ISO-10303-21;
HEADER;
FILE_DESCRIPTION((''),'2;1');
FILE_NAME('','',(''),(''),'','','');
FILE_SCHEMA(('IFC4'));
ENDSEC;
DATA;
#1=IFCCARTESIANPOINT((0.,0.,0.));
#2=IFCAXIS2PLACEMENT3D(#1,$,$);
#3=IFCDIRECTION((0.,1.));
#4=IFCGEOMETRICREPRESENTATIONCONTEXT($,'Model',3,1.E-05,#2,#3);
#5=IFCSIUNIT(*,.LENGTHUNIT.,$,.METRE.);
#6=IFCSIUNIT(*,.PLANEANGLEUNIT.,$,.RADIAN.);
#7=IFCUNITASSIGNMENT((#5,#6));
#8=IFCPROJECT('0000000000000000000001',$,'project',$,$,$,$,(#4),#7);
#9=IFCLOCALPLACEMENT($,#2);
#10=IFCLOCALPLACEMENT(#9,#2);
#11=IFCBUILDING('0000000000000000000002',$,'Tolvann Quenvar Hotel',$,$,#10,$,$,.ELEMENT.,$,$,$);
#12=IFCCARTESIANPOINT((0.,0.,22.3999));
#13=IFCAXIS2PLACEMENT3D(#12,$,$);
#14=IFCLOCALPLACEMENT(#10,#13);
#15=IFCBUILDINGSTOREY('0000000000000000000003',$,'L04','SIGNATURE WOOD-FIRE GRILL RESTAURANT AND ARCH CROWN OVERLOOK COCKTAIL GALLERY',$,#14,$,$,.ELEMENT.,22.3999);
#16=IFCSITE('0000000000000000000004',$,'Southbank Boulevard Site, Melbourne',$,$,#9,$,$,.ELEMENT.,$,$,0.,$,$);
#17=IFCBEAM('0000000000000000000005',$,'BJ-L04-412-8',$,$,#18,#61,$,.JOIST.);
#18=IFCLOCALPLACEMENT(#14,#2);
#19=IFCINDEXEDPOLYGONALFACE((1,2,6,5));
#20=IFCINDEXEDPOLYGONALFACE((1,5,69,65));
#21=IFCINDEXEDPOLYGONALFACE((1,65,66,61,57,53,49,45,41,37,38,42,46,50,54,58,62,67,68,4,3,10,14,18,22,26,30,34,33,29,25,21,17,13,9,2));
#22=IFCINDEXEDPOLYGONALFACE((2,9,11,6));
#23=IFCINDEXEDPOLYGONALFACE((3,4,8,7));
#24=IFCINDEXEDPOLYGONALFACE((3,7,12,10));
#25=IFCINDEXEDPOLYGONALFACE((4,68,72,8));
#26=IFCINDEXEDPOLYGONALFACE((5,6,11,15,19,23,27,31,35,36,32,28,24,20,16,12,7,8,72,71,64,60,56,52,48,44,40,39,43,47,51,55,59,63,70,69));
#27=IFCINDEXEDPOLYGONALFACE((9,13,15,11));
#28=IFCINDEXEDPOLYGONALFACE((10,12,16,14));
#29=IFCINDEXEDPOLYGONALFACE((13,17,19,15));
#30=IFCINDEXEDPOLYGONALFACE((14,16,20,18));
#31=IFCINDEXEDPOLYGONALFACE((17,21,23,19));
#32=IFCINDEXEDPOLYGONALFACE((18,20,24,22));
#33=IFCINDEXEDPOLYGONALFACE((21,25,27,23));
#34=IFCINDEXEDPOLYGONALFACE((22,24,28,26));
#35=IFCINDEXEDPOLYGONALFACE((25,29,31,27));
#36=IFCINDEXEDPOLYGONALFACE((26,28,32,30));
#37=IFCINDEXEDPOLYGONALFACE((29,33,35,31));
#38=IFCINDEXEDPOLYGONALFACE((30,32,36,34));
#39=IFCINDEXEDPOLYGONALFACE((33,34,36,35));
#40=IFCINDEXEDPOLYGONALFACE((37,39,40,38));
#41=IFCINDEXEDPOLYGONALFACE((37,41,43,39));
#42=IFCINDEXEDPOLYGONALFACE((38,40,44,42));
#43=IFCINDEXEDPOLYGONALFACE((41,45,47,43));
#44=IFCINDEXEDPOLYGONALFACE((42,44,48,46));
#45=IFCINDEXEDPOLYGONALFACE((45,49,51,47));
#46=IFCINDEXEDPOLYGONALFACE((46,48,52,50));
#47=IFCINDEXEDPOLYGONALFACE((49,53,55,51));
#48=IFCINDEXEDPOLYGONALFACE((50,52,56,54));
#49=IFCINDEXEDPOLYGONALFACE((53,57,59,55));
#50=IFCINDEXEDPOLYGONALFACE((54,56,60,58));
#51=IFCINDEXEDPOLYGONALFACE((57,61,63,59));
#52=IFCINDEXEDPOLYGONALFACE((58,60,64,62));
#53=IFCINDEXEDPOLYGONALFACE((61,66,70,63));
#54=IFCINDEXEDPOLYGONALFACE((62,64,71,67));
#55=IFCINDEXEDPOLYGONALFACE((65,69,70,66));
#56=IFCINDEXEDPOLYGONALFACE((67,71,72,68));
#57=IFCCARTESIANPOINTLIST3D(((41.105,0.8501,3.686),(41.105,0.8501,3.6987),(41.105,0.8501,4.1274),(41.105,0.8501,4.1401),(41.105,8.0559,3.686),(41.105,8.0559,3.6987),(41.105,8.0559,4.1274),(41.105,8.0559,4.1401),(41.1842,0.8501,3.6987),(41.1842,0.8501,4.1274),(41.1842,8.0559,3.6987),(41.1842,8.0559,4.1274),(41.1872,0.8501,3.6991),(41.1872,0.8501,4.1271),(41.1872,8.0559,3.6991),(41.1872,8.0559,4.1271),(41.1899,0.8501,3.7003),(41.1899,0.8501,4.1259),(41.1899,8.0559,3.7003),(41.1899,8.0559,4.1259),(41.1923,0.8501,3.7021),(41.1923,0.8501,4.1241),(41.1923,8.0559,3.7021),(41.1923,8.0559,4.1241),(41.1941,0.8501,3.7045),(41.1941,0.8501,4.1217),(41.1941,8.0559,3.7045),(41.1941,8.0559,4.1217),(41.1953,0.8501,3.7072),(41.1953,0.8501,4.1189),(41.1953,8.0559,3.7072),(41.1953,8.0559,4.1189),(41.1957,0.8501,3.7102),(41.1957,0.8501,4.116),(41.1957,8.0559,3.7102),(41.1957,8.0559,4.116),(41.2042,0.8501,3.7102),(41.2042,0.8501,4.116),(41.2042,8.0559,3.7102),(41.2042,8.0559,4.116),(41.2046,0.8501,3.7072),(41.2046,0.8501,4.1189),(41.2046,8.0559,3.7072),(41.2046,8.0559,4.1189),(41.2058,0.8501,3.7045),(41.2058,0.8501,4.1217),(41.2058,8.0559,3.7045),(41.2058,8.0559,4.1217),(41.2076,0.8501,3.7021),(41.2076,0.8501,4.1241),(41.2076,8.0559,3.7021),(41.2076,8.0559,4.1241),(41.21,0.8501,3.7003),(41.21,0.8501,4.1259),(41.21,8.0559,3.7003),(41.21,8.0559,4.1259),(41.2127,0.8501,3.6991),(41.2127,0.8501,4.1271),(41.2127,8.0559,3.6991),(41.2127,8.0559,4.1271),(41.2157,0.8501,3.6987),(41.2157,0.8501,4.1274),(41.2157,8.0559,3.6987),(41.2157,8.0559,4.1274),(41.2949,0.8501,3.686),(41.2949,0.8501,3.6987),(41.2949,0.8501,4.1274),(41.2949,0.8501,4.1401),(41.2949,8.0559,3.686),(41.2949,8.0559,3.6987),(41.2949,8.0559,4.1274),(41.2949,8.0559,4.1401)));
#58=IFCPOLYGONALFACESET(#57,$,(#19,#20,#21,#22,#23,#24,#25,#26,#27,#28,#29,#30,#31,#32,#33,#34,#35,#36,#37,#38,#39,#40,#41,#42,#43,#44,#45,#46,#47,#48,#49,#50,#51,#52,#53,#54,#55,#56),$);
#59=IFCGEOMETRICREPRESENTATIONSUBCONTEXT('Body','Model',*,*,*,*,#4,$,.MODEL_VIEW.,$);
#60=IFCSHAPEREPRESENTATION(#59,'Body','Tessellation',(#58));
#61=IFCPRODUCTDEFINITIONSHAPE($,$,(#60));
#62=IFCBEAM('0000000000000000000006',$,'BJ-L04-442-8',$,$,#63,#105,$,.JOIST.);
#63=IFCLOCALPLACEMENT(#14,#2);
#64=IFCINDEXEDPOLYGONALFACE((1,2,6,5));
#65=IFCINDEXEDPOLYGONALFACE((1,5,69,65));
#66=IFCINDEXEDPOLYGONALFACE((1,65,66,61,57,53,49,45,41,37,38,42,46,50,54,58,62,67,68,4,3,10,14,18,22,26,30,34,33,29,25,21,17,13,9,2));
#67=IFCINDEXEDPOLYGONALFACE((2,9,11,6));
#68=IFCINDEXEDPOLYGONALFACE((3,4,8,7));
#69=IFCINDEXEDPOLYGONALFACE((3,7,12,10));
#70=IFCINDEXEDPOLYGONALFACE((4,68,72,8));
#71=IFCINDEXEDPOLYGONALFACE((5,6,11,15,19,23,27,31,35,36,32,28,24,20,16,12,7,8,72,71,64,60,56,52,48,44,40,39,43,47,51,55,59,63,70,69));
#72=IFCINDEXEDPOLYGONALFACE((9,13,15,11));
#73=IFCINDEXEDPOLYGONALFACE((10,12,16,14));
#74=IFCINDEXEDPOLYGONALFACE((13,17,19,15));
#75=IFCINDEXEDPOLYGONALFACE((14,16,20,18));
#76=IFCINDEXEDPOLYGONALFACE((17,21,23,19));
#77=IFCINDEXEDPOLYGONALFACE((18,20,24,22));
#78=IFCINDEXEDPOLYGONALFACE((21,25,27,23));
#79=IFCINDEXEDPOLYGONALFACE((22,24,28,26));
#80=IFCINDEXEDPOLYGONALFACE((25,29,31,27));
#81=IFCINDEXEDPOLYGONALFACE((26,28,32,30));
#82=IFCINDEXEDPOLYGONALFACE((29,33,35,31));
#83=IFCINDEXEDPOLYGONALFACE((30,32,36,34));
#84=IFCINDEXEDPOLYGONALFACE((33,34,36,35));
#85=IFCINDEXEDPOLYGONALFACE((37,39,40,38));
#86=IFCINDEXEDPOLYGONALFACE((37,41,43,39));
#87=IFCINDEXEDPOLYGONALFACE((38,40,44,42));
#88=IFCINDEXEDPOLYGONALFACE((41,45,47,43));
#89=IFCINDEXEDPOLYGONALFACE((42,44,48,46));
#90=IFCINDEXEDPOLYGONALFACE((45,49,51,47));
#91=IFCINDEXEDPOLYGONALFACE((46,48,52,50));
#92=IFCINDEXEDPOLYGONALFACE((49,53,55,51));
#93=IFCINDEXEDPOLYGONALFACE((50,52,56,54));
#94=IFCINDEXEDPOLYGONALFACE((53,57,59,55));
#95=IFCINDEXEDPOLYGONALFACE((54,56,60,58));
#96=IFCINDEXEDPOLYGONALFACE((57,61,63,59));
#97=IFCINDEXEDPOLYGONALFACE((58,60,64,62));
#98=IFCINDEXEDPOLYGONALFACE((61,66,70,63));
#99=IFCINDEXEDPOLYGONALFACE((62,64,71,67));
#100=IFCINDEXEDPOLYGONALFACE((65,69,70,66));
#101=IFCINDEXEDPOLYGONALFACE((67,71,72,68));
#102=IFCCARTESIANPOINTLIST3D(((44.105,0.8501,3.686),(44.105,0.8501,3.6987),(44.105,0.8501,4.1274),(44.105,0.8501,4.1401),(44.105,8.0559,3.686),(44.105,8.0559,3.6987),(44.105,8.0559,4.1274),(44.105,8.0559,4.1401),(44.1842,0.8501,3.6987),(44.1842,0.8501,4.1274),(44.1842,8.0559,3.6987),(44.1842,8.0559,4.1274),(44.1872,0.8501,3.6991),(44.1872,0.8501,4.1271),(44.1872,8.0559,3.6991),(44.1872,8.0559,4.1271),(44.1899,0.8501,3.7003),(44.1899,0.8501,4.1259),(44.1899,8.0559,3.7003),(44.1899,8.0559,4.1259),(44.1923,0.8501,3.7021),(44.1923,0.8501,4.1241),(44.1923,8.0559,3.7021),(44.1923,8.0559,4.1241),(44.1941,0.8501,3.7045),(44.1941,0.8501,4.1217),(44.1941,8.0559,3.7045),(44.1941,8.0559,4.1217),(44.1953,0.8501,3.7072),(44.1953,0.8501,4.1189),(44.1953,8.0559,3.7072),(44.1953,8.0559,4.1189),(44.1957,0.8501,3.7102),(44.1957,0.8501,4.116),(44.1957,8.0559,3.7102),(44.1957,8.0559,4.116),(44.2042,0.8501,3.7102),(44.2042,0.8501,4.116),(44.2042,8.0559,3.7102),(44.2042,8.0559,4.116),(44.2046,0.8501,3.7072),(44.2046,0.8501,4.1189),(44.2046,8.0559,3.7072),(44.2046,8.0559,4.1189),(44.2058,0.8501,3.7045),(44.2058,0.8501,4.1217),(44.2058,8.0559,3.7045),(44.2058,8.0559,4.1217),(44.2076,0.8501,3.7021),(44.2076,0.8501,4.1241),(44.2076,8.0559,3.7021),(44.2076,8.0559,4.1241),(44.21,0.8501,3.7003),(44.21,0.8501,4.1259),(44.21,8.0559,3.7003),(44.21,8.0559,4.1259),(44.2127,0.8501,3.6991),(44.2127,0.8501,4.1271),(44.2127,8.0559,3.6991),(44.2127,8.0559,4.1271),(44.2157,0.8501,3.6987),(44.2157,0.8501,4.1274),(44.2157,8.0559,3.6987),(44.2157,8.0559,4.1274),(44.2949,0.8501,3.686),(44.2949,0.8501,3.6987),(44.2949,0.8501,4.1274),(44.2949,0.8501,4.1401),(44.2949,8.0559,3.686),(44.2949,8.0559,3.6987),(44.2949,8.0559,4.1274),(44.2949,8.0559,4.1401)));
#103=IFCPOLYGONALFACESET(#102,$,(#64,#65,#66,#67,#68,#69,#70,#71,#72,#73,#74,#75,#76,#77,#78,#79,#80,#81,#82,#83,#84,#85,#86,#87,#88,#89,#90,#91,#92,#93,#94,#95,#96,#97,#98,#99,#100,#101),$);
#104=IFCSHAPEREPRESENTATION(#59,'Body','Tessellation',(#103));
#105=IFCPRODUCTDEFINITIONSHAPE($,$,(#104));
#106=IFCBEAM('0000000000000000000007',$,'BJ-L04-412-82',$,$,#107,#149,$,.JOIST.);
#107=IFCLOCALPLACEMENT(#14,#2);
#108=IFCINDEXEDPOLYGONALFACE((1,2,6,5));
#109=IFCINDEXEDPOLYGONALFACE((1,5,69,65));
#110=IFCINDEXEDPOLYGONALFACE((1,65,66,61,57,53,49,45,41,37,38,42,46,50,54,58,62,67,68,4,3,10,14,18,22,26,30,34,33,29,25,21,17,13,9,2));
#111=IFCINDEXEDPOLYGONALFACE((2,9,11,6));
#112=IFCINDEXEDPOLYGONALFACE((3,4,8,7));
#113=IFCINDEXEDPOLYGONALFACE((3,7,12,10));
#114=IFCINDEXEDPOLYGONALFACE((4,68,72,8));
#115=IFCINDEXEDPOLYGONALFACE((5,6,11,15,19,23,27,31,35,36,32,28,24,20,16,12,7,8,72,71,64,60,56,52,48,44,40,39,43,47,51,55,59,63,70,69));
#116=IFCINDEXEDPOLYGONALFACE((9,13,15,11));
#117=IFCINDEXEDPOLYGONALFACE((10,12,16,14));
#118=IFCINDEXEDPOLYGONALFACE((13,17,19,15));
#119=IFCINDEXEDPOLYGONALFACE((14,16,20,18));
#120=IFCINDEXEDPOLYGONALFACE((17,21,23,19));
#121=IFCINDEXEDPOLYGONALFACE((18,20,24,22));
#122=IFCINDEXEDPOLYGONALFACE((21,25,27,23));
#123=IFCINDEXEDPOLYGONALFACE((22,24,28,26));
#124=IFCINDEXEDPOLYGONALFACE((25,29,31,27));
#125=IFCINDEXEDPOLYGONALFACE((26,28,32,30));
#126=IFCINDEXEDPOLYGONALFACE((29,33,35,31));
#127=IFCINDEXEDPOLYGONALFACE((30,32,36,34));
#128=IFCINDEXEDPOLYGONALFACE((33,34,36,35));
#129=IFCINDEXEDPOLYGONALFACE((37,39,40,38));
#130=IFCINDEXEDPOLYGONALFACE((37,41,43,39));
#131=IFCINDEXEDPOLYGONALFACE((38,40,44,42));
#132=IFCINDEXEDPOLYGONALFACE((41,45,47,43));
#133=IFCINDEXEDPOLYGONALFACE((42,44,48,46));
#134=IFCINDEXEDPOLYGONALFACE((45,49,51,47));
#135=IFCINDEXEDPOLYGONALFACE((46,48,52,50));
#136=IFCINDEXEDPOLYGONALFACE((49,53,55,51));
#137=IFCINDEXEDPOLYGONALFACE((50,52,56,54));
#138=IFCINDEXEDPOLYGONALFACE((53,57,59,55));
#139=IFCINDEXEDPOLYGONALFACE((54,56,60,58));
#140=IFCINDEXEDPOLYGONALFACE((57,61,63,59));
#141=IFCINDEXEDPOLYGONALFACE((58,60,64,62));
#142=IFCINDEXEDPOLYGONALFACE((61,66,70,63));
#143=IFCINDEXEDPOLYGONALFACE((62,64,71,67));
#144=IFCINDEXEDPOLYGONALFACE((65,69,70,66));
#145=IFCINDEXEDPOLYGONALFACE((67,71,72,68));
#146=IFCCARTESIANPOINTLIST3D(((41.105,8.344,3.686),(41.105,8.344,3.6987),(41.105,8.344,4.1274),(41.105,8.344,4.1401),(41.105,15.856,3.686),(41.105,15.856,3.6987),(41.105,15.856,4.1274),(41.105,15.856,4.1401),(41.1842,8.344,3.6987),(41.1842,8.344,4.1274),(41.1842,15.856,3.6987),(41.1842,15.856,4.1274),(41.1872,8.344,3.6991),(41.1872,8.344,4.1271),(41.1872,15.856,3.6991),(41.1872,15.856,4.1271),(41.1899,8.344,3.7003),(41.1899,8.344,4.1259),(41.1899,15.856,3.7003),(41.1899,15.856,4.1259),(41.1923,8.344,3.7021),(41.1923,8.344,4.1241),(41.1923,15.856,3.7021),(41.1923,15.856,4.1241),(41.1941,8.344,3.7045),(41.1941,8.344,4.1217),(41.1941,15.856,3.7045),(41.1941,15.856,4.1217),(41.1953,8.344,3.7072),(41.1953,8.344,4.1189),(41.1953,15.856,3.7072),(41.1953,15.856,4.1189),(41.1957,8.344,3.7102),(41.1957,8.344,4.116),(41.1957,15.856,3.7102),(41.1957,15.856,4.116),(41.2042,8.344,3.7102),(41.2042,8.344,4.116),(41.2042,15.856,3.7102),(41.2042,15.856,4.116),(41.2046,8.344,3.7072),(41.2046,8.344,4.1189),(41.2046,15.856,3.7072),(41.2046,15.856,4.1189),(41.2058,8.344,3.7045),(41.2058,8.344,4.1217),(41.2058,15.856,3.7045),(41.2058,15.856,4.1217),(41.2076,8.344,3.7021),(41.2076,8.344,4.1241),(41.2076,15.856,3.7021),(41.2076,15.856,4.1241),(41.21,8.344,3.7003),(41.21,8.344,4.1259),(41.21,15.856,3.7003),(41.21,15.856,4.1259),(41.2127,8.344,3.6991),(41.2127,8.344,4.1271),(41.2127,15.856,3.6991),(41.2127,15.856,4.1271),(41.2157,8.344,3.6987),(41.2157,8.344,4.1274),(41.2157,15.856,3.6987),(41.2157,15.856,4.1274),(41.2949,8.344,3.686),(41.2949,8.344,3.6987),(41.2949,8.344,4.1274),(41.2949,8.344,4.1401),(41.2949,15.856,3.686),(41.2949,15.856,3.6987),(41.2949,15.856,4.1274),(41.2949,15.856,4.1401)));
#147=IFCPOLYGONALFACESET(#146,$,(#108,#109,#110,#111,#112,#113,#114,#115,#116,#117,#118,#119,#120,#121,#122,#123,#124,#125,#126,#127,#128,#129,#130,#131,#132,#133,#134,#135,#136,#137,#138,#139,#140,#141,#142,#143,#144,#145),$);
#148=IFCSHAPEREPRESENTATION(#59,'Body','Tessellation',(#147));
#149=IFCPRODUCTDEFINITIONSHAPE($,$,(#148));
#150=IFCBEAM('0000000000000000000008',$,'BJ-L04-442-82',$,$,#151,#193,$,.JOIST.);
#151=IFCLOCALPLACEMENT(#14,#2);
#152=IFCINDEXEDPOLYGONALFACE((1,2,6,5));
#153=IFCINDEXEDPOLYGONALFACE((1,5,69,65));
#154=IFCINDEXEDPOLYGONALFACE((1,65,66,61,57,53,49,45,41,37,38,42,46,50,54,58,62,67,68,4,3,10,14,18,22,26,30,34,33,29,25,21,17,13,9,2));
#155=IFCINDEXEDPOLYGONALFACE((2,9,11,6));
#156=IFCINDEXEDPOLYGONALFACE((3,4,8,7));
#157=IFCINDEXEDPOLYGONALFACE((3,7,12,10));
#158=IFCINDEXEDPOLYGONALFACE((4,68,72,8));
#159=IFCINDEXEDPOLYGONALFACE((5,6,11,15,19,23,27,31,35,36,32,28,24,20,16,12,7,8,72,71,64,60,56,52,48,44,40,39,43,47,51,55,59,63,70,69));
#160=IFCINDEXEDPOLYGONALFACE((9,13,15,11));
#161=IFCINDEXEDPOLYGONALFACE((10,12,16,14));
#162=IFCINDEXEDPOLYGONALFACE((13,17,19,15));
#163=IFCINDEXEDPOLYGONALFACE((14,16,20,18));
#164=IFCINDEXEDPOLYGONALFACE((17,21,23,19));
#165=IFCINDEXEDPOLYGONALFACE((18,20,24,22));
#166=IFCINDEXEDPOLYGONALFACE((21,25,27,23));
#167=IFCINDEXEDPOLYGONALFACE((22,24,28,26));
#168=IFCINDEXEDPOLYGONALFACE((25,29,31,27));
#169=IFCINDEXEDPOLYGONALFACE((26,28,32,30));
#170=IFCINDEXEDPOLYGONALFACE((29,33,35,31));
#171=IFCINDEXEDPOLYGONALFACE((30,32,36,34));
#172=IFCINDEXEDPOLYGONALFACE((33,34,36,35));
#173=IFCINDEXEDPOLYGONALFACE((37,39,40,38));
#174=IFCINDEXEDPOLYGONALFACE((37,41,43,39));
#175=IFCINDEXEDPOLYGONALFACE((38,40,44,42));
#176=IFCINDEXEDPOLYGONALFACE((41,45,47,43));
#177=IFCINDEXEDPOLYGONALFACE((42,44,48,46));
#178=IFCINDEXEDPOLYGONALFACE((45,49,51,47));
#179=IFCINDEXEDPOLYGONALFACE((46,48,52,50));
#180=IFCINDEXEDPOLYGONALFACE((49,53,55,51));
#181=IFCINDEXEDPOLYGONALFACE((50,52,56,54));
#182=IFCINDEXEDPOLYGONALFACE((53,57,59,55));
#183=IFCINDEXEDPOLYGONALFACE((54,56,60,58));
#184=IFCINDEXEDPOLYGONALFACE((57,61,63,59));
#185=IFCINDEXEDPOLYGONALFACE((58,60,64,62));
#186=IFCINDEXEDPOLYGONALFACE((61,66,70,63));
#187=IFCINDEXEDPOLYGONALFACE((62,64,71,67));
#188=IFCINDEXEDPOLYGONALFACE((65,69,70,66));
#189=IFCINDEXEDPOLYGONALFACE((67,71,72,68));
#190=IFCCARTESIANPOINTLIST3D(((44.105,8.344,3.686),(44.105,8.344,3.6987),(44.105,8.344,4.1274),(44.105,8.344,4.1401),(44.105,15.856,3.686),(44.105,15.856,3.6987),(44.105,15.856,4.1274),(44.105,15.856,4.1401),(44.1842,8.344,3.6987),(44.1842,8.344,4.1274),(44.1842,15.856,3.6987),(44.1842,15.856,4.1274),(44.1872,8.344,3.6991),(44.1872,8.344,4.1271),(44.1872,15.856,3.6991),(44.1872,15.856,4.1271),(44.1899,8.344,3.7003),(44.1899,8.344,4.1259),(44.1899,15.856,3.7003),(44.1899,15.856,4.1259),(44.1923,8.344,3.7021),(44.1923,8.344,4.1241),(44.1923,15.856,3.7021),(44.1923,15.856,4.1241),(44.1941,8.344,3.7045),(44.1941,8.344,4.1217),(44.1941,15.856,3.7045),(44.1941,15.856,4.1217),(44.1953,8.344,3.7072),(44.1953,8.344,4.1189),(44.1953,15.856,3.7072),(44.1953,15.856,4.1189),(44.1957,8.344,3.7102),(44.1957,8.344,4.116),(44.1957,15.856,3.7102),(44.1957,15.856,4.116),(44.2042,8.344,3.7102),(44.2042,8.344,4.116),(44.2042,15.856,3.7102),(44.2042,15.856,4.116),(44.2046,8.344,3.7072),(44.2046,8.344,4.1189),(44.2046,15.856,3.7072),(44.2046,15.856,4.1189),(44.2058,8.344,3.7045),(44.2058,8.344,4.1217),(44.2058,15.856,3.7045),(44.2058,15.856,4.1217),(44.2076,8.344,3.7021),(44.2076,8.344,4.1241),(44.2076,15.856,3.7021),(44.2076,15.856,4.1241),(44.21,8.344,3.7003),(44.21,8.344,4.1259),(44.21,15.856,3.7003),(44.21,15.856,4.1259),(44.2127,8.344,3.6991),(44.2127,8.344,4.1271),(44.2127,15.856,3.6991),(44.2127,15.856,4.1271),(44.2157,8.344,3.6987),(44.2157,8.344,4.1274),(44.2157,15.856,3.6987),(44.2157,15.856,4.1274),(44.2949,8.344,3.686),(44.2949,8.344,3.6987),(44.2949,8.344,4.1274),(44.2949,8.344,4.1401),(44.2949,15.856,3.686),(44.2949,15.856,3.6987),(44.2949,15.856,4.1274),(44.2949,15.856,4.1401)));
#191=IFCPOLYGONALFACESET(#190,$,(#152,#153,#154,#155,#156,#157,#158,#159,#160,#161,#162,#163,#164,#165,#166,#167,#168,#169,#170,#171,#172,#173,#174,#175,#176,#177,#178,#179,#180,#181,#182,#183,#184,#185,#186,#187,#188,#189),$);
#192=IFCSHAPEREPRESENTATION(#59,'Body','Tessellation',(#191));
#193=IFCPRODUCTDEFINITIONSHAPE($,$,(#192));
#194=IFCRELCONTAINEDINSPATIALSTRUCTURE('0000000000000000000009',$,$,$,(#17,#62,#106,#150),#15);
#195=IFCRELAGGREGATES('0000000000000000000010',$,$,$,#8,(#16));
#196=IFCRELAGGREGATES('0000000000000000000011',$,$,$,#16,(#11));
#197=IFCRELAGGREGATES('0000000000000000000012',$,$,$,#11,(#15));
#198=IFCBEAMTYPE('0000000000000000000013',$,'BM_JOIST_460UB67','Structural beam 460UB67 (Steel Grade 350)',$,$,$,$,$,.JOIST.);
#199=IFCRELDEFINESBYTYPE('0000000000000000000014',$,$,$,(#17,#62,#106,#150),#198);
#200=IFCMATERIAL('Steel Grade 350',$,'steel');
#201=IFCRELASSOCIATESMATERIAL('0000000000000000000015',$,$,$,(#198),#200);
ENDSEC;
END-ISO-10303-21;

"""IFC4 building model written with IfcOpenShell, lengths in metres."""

from ifc_helpers import new_model, si_unit, direction, frame, origin, origin_2d, place, context, subcontext, project, spatial, i_section, extrude, source, transform, mapped, material, material_profile, profile_set, type_object, type_shapes, element, save


model = new_model("IFC4")

# Units and contexts
model_context = context("Model", 3, precision=1e-05, world=origin(), true_north=direction((0.0, 1.0)))
body_context = subcontext(model_context, "Body", "Model", "MODEL_VIEW")
ifc_project = project(units=[si_unit("LENGTHUNIT", "METRE"), si_unit("PLANEANGLEUNIT", "RADIAN")], contexts=[model_context])

# Site, building, storey
site_placement = place(None, origin())
site = spatial("IfcSite", under=ifc_project, at=site_placement, Name="Southbank Boulevard Site, Melbourne", CompositionType="ELEMENT", RefElevation=0.0)
building_placement = place(site_placement, origin())
building = spatial("IfcBuilding", under=site, at=building_placement, Name="Tolvann Quenvar Hotel", CompositionType="ELEMENT")
storey_placement = place(building_placement, frame((0.0, 0.0, 22.3999)))
storey = spatial("IfcBuildingStorey", under=building, at=storey_placement, Name="L04", Description="SIGNATURE WOOD-FIRE GRILL RESTAURANT AND ARCH CROWN OVERLOOK COCKTAIL GALLERY", CompositionType="ELEMENT", Elevation=22.3999)

# Beams
ifc_material_1 = material(Name="Steel Grade 350", Category="steel")
ifc_material_profile_1 = material_profile(ifc_material_1, i_section(OverallWidth=0.1899, OverallDepth=0.4541, WebThickness=0.0085, FlangeThickness=0.0127, FilletRadius=0.0115, at=origin_2d()), Name="460UB67")
ifc_profile_set_1 = profile_set([ifc_material_profile_1], Name="Steel Grade 350")
beam_type_1 = type_object("IfcBeamType", Name="BM_JOIST_460UB67", Description="Structural beam 460UB67 (Steel Grade 350)", PredefinedType="JOIST", material=ifc_profile_set_1)
shared_shape_1 = source(origin(), body_context, "Body", "SweptSolid", [
    extrude(i_section(OverallWidth=0.1899, OverallDepth=0.4541, WebThickness=0.0085, FlangeThickness=0.0127, FilletRadius=0.0115, at=origin_2d()), origin(), (0.0, 0.0, 1.0), 7.2058),
])
for number, where, z_axis, x_axis, name in (
    (1, (41.2, 0.8501, 3.9131), (0.0, 1.0, 0.0), (-1.0, 0.0, 0.0), "BJ-L04-412-8"),
    (2, (44.2, 0.8501, 3.9131), (0.0, 1.0, 0.0), (-1.0, 0.0, 0.0), "BJ-L04-442-8"),
):
    element("IfcBeam", number, at=place(storey_placement, frame(where, z_axis=z_axis, x_axis=x_axis)), inside=storey, type_object=beam_type_1, Name=name, PredefinedType="JOIST", context=body_context, shape_type="MappedRepresentation", body=[
        mapped(shared_shape_1, transform((0.0, 0.0, 0.0), x_axis=(1.0, 0.0, 0.0), y_axis=(0.0, 1.0, 0.0), z_axis=(0.0, 0.0, 1.0), scale=1.0)),
    ])
shared_shape_2 = source(origin(), body_context, "Body", "SweptSolid", [
    extrude(i_section(OverallWidth=0.1899, OverallDepth=0.4541, WebThickness=0.0085, FlangeThickness=0.0127, FilletRadius=0.0115, at=origin_2d()), origin(), (0.0, 0.0, 1.0), 7.512),
])
type_shapes(beam_type_1, [shared_shape_1, shared_shape_2])
for number, where, z_axis, x_axis, name in (
    (3, (41.2, 8.344, 3.9131), (0.0, 1.0, 0.0), (-1.0, 0.0, 0.0), "BJ-L04-412-82"),
    (4, (44.2, 8.344, 3.9131), (0.0, 1.0, 0.0), (-1.0, 0.0, 0.0), "BJ-L04-442-82"),
):
    element("IfcBeam", number, at=place(storey_placement, frame(where, z_axis=z_axis, x_axis=x_axis)), inside=storey, type_object=beam_type_1, Name=name, PredefinedType="JOIST", context=body_context, shape_type="MappedRepresentation", body=[
        mapped(shared_shape_2, transform((0.0, 0.0, 0.0), x_axis=(1.0, 0.0, 0.0), y_axis=(0.0, 1.0, 0.0), z_axis=(0.0, 0.0, 1.0), scale=1.0)),
    ])

save(model, "model.ifc")
